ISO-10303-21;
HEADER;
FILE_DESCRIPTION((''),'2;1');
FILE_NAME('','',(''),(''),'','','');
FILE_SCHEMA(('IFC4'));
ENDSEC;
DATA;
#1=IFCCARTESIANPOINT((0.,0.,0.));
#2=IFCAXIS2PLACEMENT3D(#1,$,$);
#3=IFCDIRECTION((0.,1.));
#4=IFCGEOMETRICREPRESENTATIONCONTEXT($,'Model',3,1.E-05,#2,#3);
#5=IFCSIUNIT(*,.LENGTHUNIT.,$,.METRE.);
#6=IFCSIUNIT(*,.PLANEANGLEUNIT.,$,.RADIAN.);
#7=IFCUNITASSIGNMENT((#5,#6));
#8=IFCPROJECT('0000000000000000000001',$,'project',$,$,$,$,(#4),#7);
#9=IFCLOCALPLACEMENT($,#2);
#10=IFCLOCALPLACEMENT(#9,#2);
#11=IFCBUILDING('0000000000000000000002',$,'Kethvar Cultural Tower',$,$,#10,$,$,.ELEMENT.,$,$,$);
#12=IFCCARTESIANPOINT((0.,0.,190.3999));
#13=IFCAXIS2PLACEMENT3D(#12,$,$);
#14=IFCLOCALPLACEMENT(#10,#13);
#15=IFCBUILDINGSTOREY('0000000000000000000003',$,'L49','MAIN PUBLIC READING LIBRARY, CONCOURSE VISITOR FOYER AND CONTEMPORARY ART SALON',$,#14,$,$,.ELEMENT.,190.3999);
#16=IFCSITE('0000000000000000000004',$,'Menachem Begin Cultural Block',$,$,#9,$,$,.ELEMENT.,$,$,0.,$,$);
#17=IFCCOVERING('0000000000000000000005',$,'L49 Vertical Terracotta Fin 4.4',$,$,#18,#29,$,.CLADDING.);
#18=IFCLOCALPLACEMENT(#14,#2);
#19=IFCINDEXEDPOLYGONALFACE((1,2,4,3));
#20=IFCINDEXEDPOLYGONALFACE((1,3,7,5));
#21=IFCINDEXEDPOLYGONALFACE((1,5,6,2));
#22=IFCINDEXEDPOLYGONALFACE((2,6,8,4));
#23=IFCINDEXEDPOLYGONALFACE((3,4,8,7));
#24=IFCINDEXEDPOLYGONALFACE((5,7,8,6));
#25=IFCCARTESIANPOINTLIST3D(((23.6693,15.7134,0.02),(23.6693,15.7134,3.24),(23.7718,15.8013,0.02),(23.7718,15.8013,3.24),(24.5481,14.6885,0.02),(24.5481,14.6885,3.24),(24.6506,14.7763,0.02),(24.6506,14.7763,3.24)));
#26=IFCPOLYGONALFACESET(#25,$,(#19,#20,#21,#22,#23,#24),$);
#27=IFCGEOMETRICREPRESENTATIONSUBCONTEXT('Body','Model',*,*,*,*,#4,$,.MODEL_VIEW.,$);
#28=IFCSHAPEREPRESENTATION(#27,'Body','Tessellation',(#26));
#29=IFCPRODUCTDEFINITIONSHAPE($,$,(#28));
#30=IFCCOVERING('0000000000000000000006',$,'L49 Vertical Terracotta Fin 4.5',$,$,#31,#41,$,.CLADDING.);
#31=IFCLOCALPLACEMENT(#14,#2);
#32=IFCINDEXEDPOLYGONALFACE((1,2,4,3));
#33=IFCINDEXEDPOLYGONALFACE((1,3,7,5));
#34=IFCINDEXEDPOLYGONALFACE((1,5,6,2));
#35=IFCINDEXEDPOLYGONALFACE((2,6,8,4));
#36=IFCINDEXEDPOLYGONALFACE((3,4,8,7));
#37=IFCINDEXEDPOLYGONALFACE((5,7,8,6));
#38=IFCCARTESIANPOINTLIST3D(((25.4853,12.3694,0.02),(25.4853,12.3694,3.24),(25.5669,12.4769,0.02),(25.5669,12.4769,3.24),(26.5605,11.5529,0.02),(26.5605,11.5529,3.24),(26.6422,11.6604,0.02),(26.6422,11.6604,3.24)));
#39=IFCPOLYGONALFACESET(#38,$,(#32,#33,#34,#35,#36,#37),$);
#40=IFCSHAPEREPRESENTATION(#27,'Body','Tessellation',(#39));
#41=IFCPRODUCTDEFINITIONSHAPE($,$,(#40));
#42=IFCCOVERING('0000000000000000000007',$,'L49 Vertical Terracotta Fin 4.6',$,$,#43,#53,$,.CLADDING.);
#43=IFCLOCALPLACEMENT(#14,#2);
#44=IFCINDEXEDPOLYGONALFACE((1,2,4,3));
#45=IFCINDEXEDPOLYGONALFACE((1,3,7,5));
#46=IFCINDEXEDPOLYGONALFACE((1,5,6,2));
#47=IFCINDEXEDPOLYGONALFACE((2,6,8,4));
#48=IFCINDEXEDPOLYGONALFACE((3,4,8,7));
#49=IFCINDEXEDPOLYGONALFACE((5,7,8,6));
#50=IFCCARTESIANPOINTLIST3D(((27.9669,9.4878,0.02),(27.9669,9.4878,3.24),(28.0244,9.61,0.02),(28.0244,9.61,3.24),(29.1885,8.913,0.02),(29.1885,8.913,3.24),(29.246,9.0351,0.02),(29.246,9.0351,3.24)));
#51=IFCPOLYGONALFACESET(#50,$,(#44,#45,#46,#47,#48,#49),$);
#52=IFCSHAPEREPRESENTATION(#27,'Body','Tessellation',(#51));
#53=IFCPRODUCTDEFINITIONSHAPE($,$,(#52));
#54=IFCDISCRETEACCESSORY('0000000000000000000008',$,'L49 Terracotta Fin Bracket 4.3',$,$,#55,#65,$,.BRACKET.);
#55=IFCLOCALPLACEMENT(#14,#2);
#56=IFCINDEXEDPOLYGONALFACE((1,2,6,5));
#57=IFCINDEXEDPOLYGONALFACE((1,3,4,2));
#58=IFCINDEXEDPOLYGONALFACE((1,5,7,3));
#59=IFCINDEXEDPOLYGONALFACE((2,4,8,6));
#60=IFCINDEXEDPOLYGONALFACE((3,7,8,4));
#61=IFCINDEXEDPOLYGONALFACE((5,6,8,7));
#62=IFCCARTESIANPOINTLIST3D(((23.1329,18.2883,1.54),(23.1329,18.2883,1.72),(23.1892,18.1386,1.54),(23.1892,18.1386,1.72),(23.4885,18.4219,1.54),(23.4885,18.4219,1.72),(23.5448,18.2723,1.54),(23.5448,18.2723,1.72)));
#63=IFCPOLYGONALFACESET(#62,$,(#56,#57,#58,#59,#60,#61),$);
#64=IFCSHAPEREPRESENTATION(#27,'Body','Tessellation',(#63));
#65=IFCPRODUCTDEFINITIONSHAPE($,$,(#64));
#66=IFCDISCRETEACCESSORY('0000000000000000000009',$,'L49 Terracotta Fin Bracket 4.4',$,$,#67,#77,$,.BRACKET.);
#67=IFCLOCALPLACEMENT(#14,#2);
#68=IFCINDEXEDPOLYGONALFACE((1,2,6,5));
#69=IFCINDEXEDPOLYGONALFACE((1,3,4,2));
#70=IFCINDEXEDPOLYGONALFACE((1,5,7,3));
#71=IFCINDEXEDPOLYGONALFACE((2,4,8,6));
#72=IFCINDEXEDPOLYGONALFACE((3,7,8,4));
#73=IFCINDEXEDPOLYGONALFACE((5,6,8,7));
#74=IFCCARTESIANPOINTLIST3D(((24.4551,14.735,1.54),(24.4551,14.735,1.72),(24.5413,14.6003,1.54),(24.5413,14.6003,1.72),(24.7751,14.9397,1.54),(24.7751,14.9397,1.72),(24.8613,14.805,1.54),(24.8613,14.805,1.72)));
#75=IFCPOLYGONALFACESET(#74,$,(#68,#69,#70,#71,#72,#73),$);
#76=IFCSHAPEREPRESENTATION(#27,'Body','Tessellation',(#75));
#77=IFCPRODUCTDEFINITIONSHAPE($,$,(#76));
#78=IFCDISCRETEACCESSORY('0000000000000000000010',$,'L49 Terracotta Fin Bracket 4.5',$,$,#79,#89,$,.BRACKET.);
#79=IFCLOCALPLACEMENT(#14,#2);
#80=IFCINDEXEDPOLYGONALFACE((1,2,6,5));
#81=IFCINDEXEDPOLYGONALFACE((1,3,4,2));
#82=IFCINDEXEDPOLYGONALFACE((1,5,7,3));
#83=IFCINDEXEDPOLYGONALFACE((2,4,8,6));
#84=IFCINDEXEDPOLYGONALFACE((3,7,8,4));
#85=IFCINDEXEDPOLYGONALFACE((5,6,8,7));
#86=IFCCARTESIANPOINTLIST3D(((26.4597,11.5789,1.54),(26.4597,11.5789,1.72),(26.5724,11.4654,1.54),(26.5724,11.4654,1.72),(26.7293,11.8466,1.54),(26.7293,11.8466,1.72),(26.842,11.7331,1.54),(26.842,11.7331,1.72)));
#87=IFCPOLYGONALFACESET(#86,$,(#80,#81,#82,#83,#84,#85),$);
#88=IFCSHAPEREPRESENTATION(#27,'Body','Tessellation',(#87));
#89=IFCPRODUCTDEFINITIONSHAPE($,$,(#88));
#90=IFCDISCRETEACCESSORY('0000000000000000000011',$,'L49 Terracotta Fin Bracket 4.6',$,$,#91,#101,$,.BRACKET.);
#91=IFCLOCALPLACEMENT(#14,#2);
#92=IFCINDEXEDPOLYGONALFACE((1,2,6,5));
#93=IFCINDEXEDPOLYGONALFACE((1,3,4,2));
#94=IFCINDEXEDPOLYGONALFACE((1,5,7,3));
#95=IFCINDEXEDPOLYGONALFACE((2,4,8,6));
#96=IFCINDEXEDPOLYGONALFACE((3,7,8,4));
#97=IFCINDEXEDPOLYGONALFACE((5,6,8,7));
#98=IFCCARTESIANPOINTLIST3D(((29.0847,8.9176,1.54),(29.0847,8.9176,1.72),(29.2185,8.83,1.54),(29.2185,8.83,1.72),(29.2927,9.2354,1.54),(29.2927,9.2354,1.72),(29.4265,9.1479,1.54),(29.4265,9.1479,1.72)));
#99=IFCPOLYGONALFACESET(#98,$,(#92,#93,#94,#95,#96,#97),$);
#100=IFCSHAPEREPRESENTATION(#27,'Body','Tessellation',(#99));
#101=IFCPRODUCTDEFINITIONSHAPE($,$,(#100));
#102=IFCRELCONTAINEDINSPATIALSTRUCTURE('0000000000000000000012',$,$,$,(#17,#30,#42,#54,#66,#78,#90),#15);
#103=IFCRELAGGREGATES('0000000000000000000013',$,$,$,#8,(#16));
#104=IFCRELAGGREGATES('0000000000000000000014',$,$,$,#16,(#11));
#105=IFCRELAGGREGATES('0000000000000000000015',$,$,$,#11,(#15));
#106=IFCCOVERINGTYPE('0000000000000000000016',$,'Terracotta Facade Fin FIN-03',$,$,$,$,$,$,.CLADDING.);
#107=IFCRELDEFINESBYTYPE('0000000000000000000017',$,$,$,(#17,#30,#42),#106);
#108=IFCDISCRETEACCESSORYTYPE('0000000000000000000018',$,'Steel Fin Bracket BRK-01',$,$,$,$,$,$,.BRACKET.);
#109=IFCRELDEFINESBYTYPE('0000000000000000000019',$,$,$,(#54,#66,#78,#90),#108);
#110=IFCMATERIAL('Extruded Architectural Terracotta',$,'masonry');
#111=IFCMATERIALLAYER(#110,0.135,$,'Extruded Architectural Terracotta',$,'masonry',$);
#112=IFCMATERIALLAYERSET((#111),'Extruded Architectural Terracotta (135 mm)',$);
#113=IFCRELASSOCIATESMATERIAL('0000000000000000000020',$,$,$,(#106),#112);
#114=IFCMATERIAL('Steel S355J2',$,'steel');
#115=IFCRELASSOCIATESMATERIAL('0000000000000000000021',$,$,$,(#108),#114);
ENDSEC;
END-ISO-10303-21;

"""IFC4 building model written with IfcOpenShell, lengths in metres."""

from ifc_helpers import new_model, si_unit, direction, frame, origin, origin_2d, place, context, subcontext, project, spatial, rectangle, extrude, source, transform, mapped, material, layer, layer_set, type_object, element, save


model = new_model("IFC4")

# Units and contexts
model_context = context("Model", 3, precision=1e-05, world=origin(), true_north=direction((0.0, 1.0)))
body_context = subcontext(model_context, "Body", "Model", "MODEL_VIEW")
ifc_project = project(units=[si_unit("LENGTHUNIT", "METRE"), si_unit("PLANEANGLEUNIT", "RADIAN")], contexts=[model_context])

# Site, building, storey
site_placement = place(None, origin())
site = spatial("IfcSite", under=ifc_project, at=site_placement, Name="Menachem Begin Cultural Block", CompositionType="ELEMENT", RefElevation=0.0)
building_placement = place(site_placement, origin())
building = spatial("IfcBuilding", under=site, at=building_placement, Name="Kethvar Cultural Tower", CompositionType="ELEMENT")
storey_placement = place(building_placement, frame((0.0, 0.0, 190.3999)))
storey = spatial("IfcBuildingStorey", under=building, at=storey_placement, Name="L49", Description="MAIN PUBLIC READING LIBRARY, CONCOURSE VISITOR FOYER AND CONTEMPORARY ART SALON", CompositionType="ELEMENT", Elevation=190.3999)

# Shared definitions
ifc_material_1 = material(Name="Steel S355J2", Category="steel")

# Coverings
ifc_material_2 = material(Name="Extruded Architectural Terracotta", Category="masonry")
ifc_layer_1 = layer(ifc_material_2, 0.135, Name="Extruded Architectural Terracotta", Category="masonry")
ifc_layer_set_1 = layer_set([ifc_layer_1], Name="Extruded Architectural Terracotta (135 mm)")
covering_type = type_object("IfcCoveringType", Name="Terracotta Facade Fin FIN-03", PredefinedType="CLADDING", material=ifc_layer_set_1)
shared_shape_1 = source(origin(), body_context, "Body", "SweptSolid", [
    extrude(rectangle(XDim=1.3501, YDim=0.135, at=origin_2d()), origin(), (0.0, 0.0, 1.0), 3.22),
])
for number, where, z_axis, x_axis, name in (
    (1, (24.1599, 15.2449, 0.02), (0.0, 0.0, 1.0), (-0.650907, 0.759158, 0.0), "L49 Vertical Terracotta Fin 4.4"),
    (2, (26.0637, 12.0149, 0.02), (0.0, 0.0, 1.0), (-0.796424, 0.604738, 0.0), "L49 Vertical Terracotta Fin 4.5"),
    (3, (28.6064, 9.2615, 0.02), (0.0, 0.0, 1.0), (-0.904827, 0.425779, 0.0), "L49 Vertical Terracotta Fin 4.6"),
):
    element("IfcCovering", number, at=place(storey_placement, frame(where, z_axis=z_axis, x_axis=x_axis)), inside=storey, type_object=covering_type, Name=name, PredefinedType="CLADDING", context=body_context, shape_type="MappedRepresentation", body=[
        mapped(shared_shape_1, transform((0.0, 0.0, 0.0), scale=1.0)),
    ])

# Discrete accessories
discrete_accessory_type = type_object("IfcDiscreteAccessoryType", Name="Steel Fin Bracket BRK-01", PredefinedType="BRACKET", material=ifc_material_1)
shared_shape_2 = source(origin(), body_context, "Body", "SweptSolid", [
    extrude(rectangle(XDim=0.3799, YDim=0.1599, at=origin_2d()), origin(), (0.0, 0.0, 1.0), 0.1799),
])
for number, where, z_axis, x_axis, name in (
    (4, (23.3389, 18.2803, 1.54), (0.0, 0.0, 1.0), (-0.93606, -0.351842, 0.0), "L49 Terracotta Fin Bracket 4.3"),
    (5, (24.6582, 14.77, 1.54), (0.0, 0.0, 1.0), (-0.842358, -0.538918, 0.0), "L49 Terracotta Fin Bracket 4.4"),
    (6, (26.6509, 11.656, 1.54), (0.0, 0.0, 1.0), (-0.709694, -0.70451, 0.0), "L49 Terracotta Fin Bracket 4.5"),
    (7, (29.2556, 9.0327, 1.54), (0.0, 0.0, 1.0), (-0.547563, -0.836764, 0.0), "L49 Terracotta Fin Bracket 4.6"),
):
    element("IfcDiscreteAccessory", number, at=place(storey_placement, frame(where, z_axis=z_axis, x_axis=x_axis)), inside=storey, type_object=discrete_accessory_type, Name=name, PredefinedType="BRACKET", context=body_context, shape_type="MappedRepresentation", body=[
        mapped(shared_shape_2, transform((0.0, 0.0, 0.0), scale=1.0)),
    ])

save(model, "model.ifc")
